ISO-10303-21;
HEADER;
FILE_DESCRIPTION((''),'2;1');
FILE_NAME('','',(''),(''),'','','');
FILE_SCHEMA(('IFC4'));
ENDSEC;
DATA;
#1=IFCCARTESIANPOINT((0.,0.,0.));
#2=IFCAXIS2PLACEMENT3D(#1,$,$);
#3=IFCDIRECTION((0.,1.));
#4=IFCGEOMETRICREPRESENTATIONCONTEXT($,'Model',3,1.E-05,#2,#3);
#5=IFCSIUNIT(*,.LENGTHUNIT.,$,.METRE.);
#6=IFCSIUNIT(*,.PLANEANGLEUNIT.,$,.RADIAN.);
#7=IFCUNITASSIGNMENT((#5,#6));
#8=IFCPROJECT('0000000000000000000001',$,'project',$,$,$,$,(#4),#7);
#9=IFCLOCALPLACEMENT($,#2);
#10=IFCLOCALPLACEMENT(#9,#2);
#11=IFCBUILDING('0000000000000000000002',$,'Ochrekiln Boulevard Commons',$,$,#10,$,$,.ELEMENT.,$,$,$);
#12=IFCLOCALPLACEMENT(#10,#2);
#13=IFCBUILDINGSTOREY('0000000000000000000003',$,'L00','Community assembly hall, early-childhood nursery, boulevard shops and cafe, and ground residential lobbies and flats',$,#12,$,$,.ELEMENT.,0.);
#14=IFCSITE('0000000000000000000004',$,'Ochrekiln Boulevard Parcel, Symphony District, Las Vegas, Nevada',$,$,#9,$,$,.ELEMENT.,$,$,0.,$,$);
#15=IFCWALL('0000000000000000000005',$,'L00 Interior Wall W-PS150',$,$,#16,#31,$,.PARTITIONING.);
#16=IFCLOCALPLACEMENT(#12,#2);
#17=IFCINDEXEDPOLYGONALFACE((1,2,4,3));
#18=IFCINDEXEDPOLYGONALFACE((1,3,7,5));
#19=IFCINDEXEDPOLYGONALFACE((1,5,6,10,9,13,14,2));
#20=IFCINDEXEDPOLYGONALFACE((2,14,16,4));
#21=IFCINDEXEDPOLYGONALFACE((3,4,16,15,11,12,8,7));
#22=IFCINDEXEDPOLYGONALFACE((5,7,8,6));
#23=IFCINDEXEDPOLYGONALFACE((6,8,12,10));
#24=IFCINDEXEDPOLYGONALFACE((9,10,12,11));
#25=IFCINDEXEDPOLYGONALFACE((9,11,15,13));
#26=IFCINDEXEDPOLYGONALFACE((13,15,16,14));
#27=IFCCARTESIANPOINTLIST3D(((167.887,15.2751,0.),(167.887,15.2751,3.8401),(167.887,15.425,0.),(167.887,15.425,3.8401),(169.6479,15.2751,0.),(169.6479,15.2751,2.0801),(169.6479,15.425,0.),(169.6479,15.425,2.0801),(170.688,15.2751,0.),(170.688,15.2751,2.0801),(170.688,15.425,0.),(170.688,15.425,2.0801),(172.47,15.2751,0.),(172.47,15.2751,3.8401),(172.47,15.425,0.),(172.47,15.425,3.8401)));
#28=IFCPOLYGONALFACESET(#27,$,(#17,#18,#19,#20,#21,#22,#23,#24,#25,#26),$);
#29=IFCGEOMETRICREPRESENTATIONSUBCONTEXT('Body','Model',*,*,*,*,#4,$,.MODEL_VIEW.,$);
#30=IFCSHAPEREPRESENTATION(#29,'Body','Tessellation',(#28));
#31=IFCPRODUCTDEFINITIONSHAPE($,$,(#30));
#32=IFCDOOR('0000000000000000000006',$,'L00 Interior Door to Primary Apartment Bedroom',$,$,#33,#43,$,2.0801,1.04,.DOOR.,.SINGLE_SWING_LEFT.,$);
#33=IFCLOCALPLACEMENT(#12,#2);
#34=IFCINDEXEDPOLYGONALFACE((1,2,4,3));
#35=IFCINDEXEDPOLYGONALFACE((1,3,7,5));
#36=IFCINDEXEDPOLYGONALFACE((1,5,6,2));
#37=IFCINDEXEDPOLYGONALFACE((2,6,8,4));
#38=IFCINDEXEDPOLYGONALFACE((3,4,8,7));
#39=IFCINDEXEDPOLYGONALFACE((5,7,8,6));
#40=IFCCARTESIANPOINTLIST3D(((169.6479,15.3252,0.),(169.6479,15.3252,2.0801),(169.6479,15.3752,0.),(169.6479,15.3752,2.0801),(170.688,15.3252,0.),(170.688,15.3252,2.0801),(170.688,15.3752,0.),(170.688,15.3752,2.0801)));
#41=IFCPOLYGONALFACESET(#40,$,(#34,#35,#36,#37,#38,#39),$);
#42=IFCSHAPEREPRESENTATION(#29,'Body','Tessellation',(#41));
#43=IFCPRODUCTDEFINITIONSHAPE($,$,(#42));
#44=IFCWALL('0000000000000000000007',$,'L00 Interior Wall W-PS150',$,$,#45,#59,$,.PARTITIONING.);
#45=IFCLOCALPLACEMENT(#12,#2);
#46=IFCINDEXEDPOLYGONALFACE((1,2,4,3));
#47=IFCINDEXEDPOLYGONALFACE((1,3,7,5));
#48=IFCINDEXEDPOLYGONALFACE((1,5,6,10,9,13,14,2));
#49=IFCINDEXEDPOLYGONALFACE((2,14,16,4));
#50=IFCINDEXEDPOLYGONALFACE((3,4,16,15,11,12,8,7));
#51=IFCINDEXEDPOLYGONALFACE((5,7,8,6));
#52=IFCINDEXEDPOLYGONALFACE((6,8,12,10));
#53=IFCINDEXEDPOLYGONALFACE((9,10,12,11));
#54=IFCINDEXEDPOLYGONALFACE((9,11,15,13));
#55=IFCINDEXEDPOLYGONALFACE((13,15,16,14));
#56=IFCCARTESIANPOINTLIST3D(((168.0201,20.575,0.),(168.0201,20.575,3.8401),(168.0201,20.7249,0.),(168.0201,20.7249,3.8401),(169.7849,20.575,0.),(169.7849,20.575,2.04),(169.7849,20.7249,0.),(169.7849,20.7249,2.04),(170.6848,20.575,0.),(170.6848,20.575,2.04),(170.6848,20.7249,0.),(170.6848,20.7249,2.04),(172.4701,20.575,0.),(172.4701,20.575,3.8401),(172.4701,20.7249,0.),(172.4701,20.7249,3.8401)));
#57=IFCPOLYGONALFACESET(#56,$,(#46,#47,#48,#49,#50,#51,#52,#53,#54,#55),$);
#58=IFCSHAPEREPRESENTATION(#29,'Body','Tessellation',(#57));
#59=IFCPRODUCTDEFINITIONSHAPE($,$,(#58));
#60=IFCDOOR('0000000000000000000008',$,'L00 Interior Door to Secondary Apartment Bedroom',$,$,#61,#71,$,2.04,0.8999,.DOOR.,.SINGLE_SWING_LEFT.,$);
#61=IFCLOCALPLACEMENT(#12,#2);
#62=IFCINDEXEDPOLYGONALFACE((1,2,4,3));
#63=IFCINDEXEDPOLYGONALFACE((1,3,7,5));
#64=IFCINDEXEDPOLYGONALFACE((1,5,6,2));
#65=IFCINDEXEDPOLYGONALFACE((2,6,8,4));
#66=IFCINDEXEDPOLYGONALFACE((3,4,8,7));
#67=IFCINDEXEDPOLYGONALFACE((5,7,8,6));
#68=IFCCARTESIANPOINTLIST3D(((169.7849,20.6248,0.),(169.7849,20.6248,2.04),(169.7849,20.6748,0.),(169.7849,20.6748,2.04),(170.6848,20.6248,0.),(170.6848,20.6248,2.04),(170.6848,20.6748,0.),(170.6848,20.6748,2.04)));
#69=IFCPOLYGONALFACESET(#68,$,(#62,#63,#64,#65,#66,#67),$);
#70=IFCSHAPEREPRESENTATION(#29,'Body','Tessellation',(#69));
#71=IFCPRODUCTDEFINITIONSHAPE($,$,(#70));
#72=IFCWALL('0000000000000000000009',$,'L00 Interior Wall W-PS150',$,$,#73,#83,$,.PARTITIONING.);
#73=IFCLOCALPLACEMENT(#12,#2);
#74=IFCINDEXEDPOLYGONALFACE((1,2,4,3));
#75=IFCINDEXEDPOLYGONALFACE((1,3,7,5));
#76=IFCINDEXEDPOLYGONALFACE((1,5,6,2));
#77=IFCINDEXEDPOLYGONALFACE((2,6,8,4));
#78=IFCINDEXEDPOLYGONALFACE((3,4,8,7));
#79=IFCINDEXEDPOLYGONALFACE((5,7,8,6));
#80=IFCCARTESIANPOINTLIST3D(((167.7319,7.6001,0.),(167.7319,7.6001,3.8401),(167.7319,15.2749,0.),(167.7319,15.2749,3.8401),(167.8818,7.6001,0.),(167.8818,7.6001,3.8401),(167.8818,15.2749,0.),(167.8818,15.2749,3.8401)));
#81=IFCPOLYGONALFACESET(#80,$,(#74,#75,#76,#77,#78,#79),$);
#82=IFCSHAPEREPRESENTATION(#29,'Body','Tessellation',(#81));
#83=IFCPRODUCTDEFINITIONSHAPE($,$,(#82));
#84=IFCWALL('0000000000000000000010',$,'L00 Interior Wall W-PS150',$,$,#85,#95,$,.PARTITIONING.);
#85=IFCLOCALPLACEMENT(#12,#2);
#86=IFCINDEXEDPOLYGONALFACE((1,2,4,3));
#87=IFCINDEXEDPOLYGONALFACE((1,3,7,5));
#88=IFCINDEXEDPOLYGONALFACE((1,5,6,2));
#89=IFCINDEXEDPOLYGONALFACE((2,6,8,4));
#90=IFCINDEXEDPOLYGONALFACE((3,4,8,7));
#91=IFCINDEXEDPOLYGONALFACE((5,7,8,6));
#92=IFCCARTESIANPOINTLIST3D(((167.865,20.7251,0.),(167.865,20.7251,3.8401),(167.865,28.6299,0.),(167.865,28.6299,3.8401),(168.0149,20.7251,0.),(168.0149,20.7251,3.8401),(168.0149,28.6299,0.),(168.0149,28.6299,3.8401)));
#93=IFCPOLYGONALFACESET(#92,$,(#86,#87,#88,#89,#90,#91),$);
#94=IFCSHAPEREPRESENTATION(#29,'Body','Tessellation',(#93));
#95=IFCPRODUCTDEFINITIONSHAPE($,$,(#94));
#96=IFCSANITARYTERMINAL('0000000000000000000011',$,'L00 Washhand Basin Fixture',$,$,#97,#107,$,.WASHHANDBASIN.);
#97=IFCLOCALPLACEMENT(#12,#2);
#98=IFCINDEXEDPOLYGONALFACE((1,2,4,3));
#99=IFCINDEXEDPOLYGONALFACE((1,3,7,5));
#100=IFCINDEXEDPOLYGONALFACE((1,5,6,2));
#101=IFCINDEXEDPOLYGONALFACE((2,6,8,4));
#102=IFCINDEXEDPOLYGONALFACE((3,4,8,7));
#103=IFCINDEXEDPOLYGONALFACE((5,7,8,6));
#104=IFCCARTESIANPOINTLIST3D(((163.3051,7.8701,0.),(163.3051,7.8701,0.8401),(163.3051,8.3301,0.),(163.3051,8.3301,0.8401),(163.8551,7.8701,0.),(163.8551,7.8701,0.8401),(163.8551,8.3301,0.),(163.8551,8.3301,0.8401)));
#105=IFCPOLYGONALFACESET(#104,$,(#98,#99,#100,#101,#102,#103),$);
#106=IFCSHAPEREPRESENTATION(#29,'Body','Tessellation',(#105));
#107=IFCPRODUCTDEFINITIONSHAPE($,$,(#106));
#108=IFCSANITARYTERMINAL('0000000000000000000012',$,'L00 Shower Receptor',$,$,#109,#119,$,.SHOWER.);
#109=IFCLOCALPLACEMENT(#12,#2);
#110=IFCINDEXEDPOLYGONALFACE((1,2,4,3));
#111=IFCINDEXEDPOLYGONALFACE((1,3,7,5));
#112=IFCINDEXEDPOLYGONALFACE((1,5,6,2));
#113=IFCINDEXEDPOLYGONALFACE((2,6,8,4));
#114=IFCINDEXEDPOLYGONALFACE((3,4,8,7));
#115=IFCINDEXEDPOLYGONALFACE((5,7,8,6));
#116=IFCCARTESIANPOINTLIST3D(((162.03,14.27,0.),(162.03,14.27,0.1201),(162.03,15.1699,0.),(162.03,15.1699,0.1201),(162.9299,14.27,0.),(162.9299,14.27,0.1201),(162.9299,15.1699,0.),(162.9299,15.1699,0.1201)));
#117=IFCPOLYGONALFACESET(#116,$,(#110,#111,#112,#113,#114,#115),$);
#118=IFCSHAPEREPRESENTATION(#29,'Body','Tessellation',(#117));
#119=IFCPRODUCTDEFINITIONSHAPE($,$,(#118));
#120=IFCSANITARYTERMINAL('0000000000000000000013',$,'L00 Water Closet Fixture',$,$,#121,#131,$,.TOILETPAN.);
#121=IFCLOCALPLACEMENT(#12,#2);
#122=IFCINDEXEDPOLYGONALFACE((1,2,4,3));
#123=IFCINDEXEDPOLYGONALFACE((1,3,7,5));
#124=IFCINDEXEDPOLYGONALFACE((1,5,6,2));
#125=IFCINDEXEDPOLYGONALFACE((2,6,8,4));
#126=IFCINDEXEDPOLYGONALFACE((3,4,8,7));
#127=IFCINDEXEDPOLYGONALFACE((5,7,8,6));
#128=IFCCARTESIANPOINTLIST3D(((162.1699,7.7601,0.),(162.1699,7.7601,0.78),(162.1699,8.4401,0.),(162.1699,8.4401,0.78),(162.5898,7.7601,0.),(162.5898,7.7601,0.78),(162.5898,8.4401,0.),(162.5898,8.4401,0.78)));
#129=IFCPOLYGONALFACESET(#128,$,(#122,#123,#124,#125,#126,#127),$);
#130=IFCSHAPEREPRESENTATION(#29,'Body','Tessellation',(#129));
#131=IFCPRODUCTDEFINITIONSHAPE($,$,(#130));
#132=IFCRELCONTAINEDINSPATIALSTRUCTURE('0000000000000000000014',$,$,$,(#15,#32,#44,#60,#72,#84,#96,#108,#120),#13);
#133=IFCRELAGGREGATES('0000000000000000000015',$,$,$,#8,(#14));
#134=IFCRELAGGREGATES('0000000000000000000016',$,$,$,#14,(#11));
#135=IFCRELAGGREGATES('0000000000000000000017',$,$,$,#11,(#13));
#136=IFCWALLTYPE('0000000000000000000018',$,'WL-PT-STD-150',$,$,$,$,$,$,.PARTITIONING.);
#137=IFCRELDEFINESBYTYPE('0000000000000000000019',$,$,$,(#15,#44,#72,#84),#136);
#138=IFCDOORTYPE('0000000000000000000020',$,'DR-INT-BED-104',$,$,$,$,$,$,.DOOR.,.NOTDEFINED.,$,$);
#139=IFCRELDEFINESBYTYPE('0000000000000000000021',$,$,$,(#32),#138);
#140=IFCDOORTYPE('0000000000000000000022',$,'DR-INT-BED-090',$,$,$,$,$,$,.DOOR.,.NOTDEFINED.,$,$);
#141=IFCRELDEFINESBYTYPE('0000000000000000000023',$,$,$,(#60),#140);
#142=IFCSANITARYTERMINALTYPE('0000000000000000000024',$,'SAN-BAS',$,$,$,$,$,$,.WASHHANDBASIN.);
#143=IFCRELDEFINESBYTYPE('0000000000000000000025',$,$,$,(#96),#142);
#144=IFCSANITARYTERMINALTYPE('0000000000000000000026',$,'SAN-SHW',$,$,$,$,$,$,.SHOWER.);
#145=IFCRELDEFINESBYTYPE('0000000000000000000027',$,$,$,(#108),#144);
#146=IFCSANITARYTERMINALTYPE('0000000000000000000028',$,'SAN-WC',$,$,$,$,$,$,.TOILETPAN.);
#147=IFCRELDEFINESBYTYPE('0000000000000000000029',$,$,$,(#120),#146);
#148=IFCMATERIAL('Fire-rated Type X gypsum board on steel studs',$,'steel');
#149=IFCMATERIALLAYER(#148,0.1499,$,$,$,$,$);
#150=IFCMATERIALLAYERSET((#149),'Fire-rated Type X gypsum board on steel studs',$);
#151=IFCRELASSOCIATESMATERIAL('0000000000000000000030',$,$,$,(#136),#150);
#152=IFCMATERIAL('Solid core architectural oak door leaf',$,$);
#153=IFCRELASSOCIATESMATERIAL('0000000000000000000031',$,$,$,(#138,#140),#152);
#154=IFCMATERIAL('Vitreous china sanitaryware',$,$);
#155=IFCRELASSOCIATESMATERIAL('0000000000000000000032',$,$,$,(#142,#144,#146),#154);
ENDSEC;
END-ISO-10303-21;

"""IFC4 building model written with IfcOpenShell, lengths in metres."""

from ifc_helpers import new_model, si_unit, direction, frame, frame_2d, origin, origin_2d, place, context, subcontext, project, spatial, rectangle, extrude, material, layer, layer_set, type_object, element, fill, save


model = new_model("IFC4")

# Units and contexts
model_context = context("Model", 3, precision=1e-05, world=origin(), true_north=direction((0.0, 1.0)))
body_context = subcontext(model_context, "Body", "Model", "MODEL_VIEW")
ifc_project = project(units=[si_unit("LENGTHUNIT", "METRE"), si_unit("PLANEANGLEUNIT", "RADIAN")], contexts=[model_context])

# Site, building, storey
site_placement = place(None, origin())
site = spatial("IfcSite", under=ifc_project, at=site_placement, Name="Ochrekiln Boulevard Parcel, Symphony District, Las Vegas, Nevada", CompositionType="ELEMENT", RefElevation=0.0)
building_placement = place(site_placement, origin())
building = spatial("IfcBuilding", under=site, at=building_placement, Name="Ochrekiln Boulevard Commons", CompositionType="ELEMENT")
storey_placement = place(building_placement, origin())
storey = spatial("IfcBuildingStorey", under=building, at=storey_placement, Name="L00", Description="Community assembly hall, early-childhood nursery, boulevard shops and cafe, and ground residential lobbies and flats", CompositionType="ELEMENT", Elevation=0.0)

# Shared definitions
ifc_material_1 = material(Name="Solid core architectural oak door leaf")

# Shared definitions
ifc_material_2 = material(Name="Fire-rated Type X gypsum board on steel studs", Category="steel")

# Walls, openings, doors
ifc_layer_1 = layer(ifc_material_2, 0.1499)
ifc_layer_set_1 = layer_set([ifc_layer_1], Name="Fire-rated Type X gypsum board on steel studs")
wall_type_1 = type_object("IfcWallType", Name="WL-PT-STD-150", PredefinedType="PARTITIONING", material=ifc_layer_set_1)
wall_1_placement = place(storey_placement, frame((167.887, 15.3501, 0.0), z_axis=(0.0, 0.0, 1.0), x_axis=(1.0, 0.0, 0.0)))
wall_1 = element("IfcWall", 1, at=wall_1_placement, inside=storey, type_object=wall_type_1, Name="L00 Interior Wall W-PS150", PredefinedType="PARTITIONING", context=body_context, shape_type="SweptSolid", body=[
    extrude(rectangle(XDim=4.583, YDim=0.1499, at=frame_2d((2.2915, 0.0))), origin(), (0.0, 0.0, 1.0), 3.8401),
])
opening_1_placement = place(wall_1_placement, frame((1.761, 0.0, 0.0)))
opening_1 = element("IfcOpeningElement", 2, at=opening_1_placement, cuts=wall_1, PredefinedType="OPENING", context=body_context, shape_type="SweptSolid", body=[
    extrude(rectangle(XDim=1.04, YDim=2.0801, at=frame_2d((0.52, 1.04))), frame((0.0, 0.085, 0.0), z_axis=(0.0, -1.0, 0.0), x_axis=(1.0, 0.0, 0.0)), (0.0, 0.0, 1.0), 0.1699),
])
door_type_1 = type_object("IfcDoorType", Name="DR-INT-BED-104", OperationType="NOTDEFINED", PredefinedType="DOOR", material=ifc_material_1)
door_1_placement = place(opening_1_placement, frame((1.04, 0.0, 0.0), z_axis=(0.0, 0.0, 1.0), x_axis=(-1.0, 0.0, 0.0)))
door_1 = element("IfcDoor", 3, at=door_1_placement, inside=storey, type_object=door_type_1, Name="L00 Interior Door to Primary Apartment Bedroom", OperationType="SINGLE_SWING_LEFT", OverallHeight=2.0801, OverallWidth=1.04, PredefinedType="DOOR", context=body_context, shape_type="SweptSolid", body=[
    extrude(rectangle(XDim=1.04, YDim=2.0801, at=frame_2d((0.52, 1.04))), frame((0.0, 0.0249, 0.0), z_axis=(0.0, -1.0, 0.0), x_axis=(1.0, 0.0, 0.0)), (0.0, 0.0, 1.0), 0.05),
])
fill(opening_1, door_1)
wall_2_placement = place(storey_placement, frame((168.02, 20.6499, 0.0), z_axis=(0.0, 0.0, 1.0), x_axis=(1.0, 0.0, 0.0)))
wall_2 = element("IfcWall", 4, at=wall_2_placement, inside=storey, type_object=wall_type_1, Name="L00 Interior Wall W-PS150", PredefinedType="PARTITIONING", context=body_context, shape_type="SweptSolid", body=[
    extrude(rectangle(XDim=4.45, YDim=0.1499, at=frame_2d((2.2251, 0.0))), origin(), (0.0, 0.0, 1.0), 3.8401),
])
opening_2_placement = place(wall_2_placement, frame((1.7649, 0.0, 0.0)))
opening_2 = element("IfcOpeningElement", 5, at=opening_2_placement, cuts=wall_2, PredefinedType="OPENING", context=body_context, shape_type="SweptSolid", body=[
    extrude(rectangle(XDim=0.8999, YDim=2.04, at=frame_2d((0.45, 1.02))), frame((0.0, 0.085, 0.0), z_axis=(0.0, -1.0, 0.0), x_axis=(1.0, 0.0, 0.0)), (0.0, 0.0, 1.0), 0.1699),
])
door_type_2 = type_object("IfcDoorType", Name="DR-INT-BED-090", OperationType="NOTDEFINED", PredefinedType="DOOR", material=ifc_material_1)
door_2_placement = place(opening_2_placement, origin())
door_2 = element("IfcDoor", 6, at=door_2_placement, inside=storey, type_object=door_type_2, Name="L00 Interior Door to Secondary Apartment Bedroom", OperationType="SINGLE_SWING_LEFT", OverallHeight=2.04, OverallWidth=0.8999, PredefinedType="DOOR", context=body_context, shape_type="SweptSolid", body=[
    extrude(rectangle(XDim=0.8999, YDim=2.04, at=frame_2d((0.45, 1.02))), frame((0.0, 0.0249, 0.0), z_axis=(0.0, -1.0, 0.0), x_axis=(1.0, 0.0, 0.0)), (0.0, 0.0, 1.0), 0.05),
])
fill(opening_2, door_2)

# Walls
wall_3_placement = place(storey_placement, frame((167.8069, 7.6001, 0.0), z_axis=(0.0, 0.0, 1.0), x_axis=(0.0, 1.0, 0.0)))
element("IfcWall", 7, at=wall_3_placement, inside=storey, type_object=wall_type_1, Name="L00 Interior Wall W-PS150", PredefinedType="PARTITIONING", context=body_context, shape_type="SweptSolid", body=[
    extrude(rectangle(XDim=7.6748, YDim=0.1499, at=frame_2d((3.8374, 0.0))), origin(), (0.0, 0.0, 1.0), 3.8401),
])
wall_4_placement = place(storey_placement, frame((167.9399, 20.7251, 0.0), z_axis=(0.0, 0.0, 1.0), x_axis=(0.0, 1.0, 0.0)))
element("IfcWall", 8, at=wall_4_placement, inside=storey, type_object=wall_type_1, Name="L00 Interior Wall W-PS150", PredefinedType="PARTITIONING", context=body_context, shape_type="SweptSolid", body=[
    extrude(rectangle(XDim=7.9048, YDim=0.1499, at=frame_2d((3.9524, 0.0))), origin(), (0.0, 0.0, 1.0), 3.8401),
])

# Sanitary terminals
ifc_material_3 = material(Name="Vitreous china sanitaryware")
sanitary_terminal_type_1 = type_object("IfcSanitaryTerminalType", Name="SAN-BAS", PredefinedType="WASHHANDBASIN", material=ifc_material_3)
sanitary_terminal_1_placement = place(storey_placement, frame((163.5801, 8.1001, 0.0), z_axis=(0.0, 0.0, 1.0), x_axis=(1.0, 0.0, 0.0)))
element("IfcSanitaryTerminal", 9, at=sanitary_terminal_1_placement, inside=storey, type_object=sanitary_terminal_type_1, Name="L00 Washhand Basin Fixture", PredefinedType="WASHHANDBASIN", context=body_context, shape_type="SweptSolid", body=[
    extrude(rectangle(XDim=0.55, YDim=0.46, at=origin_2d()), origin(), (0.0, 0.0, 1.0), 0.8401),
])
sanitary_terminal_type_2 = type_object("IfcSanitaryTerminalType", Name="SAN-SHW", PredefinedType="SHOWER", material=ifc_material_3)
sanitary_terminal_2_placement = place(storey_placement, frame((162.48, 14.72, 0.0), z_axis=(0.0, 0.0, 1.0), x_axis=(1.0, 0.0, 0.0)))
element("IfcSanitaryTerminal", 10, at=sanitary_terminal_2_placement, inside=storey, type_object=sanitary_terminal_type_2, Name="L00 Shower Receptor", PredefinedType="SHOWER", context=body_context, shape_type="SweptSolid", body=[
    extrude(rectangle(XDim=0.8999, YDim=0.8999, at=origin_2d()), origin(), (0.0, 0.0, 1.0), 0.1201),
])
sanitary_terminal_type_3 = type_object("IfcSanitaryTerminalType", Name="SAN-WC", PredefinedType="TOILETPAN", material=ifc_material_3)
sanitary_terminal_3_placement = place(storey_placement, frame((162.3799, 8.1001, 0.0), z_axis=(0.0, 0.0, 1.0), x_axis=(1.0, 0.0, 0.0)))
element("IfcSanitaryTerminal", 11, at=sanitary_terminal_3_placement, inside=storey, type_object=sanitary_terminal_type_3, Name="L00 Water Closet Fixture", PredefinedType="TOILETPAN", context=body_context, shape_type="SweptSolid", body=[
    extrude(rectangle(XDim=0.4199, YDim=0.6799, at=origin_2d()), origin(), (0.0, 0.0, 1.0), 0.78),
])

save(model, "model.ifc")
